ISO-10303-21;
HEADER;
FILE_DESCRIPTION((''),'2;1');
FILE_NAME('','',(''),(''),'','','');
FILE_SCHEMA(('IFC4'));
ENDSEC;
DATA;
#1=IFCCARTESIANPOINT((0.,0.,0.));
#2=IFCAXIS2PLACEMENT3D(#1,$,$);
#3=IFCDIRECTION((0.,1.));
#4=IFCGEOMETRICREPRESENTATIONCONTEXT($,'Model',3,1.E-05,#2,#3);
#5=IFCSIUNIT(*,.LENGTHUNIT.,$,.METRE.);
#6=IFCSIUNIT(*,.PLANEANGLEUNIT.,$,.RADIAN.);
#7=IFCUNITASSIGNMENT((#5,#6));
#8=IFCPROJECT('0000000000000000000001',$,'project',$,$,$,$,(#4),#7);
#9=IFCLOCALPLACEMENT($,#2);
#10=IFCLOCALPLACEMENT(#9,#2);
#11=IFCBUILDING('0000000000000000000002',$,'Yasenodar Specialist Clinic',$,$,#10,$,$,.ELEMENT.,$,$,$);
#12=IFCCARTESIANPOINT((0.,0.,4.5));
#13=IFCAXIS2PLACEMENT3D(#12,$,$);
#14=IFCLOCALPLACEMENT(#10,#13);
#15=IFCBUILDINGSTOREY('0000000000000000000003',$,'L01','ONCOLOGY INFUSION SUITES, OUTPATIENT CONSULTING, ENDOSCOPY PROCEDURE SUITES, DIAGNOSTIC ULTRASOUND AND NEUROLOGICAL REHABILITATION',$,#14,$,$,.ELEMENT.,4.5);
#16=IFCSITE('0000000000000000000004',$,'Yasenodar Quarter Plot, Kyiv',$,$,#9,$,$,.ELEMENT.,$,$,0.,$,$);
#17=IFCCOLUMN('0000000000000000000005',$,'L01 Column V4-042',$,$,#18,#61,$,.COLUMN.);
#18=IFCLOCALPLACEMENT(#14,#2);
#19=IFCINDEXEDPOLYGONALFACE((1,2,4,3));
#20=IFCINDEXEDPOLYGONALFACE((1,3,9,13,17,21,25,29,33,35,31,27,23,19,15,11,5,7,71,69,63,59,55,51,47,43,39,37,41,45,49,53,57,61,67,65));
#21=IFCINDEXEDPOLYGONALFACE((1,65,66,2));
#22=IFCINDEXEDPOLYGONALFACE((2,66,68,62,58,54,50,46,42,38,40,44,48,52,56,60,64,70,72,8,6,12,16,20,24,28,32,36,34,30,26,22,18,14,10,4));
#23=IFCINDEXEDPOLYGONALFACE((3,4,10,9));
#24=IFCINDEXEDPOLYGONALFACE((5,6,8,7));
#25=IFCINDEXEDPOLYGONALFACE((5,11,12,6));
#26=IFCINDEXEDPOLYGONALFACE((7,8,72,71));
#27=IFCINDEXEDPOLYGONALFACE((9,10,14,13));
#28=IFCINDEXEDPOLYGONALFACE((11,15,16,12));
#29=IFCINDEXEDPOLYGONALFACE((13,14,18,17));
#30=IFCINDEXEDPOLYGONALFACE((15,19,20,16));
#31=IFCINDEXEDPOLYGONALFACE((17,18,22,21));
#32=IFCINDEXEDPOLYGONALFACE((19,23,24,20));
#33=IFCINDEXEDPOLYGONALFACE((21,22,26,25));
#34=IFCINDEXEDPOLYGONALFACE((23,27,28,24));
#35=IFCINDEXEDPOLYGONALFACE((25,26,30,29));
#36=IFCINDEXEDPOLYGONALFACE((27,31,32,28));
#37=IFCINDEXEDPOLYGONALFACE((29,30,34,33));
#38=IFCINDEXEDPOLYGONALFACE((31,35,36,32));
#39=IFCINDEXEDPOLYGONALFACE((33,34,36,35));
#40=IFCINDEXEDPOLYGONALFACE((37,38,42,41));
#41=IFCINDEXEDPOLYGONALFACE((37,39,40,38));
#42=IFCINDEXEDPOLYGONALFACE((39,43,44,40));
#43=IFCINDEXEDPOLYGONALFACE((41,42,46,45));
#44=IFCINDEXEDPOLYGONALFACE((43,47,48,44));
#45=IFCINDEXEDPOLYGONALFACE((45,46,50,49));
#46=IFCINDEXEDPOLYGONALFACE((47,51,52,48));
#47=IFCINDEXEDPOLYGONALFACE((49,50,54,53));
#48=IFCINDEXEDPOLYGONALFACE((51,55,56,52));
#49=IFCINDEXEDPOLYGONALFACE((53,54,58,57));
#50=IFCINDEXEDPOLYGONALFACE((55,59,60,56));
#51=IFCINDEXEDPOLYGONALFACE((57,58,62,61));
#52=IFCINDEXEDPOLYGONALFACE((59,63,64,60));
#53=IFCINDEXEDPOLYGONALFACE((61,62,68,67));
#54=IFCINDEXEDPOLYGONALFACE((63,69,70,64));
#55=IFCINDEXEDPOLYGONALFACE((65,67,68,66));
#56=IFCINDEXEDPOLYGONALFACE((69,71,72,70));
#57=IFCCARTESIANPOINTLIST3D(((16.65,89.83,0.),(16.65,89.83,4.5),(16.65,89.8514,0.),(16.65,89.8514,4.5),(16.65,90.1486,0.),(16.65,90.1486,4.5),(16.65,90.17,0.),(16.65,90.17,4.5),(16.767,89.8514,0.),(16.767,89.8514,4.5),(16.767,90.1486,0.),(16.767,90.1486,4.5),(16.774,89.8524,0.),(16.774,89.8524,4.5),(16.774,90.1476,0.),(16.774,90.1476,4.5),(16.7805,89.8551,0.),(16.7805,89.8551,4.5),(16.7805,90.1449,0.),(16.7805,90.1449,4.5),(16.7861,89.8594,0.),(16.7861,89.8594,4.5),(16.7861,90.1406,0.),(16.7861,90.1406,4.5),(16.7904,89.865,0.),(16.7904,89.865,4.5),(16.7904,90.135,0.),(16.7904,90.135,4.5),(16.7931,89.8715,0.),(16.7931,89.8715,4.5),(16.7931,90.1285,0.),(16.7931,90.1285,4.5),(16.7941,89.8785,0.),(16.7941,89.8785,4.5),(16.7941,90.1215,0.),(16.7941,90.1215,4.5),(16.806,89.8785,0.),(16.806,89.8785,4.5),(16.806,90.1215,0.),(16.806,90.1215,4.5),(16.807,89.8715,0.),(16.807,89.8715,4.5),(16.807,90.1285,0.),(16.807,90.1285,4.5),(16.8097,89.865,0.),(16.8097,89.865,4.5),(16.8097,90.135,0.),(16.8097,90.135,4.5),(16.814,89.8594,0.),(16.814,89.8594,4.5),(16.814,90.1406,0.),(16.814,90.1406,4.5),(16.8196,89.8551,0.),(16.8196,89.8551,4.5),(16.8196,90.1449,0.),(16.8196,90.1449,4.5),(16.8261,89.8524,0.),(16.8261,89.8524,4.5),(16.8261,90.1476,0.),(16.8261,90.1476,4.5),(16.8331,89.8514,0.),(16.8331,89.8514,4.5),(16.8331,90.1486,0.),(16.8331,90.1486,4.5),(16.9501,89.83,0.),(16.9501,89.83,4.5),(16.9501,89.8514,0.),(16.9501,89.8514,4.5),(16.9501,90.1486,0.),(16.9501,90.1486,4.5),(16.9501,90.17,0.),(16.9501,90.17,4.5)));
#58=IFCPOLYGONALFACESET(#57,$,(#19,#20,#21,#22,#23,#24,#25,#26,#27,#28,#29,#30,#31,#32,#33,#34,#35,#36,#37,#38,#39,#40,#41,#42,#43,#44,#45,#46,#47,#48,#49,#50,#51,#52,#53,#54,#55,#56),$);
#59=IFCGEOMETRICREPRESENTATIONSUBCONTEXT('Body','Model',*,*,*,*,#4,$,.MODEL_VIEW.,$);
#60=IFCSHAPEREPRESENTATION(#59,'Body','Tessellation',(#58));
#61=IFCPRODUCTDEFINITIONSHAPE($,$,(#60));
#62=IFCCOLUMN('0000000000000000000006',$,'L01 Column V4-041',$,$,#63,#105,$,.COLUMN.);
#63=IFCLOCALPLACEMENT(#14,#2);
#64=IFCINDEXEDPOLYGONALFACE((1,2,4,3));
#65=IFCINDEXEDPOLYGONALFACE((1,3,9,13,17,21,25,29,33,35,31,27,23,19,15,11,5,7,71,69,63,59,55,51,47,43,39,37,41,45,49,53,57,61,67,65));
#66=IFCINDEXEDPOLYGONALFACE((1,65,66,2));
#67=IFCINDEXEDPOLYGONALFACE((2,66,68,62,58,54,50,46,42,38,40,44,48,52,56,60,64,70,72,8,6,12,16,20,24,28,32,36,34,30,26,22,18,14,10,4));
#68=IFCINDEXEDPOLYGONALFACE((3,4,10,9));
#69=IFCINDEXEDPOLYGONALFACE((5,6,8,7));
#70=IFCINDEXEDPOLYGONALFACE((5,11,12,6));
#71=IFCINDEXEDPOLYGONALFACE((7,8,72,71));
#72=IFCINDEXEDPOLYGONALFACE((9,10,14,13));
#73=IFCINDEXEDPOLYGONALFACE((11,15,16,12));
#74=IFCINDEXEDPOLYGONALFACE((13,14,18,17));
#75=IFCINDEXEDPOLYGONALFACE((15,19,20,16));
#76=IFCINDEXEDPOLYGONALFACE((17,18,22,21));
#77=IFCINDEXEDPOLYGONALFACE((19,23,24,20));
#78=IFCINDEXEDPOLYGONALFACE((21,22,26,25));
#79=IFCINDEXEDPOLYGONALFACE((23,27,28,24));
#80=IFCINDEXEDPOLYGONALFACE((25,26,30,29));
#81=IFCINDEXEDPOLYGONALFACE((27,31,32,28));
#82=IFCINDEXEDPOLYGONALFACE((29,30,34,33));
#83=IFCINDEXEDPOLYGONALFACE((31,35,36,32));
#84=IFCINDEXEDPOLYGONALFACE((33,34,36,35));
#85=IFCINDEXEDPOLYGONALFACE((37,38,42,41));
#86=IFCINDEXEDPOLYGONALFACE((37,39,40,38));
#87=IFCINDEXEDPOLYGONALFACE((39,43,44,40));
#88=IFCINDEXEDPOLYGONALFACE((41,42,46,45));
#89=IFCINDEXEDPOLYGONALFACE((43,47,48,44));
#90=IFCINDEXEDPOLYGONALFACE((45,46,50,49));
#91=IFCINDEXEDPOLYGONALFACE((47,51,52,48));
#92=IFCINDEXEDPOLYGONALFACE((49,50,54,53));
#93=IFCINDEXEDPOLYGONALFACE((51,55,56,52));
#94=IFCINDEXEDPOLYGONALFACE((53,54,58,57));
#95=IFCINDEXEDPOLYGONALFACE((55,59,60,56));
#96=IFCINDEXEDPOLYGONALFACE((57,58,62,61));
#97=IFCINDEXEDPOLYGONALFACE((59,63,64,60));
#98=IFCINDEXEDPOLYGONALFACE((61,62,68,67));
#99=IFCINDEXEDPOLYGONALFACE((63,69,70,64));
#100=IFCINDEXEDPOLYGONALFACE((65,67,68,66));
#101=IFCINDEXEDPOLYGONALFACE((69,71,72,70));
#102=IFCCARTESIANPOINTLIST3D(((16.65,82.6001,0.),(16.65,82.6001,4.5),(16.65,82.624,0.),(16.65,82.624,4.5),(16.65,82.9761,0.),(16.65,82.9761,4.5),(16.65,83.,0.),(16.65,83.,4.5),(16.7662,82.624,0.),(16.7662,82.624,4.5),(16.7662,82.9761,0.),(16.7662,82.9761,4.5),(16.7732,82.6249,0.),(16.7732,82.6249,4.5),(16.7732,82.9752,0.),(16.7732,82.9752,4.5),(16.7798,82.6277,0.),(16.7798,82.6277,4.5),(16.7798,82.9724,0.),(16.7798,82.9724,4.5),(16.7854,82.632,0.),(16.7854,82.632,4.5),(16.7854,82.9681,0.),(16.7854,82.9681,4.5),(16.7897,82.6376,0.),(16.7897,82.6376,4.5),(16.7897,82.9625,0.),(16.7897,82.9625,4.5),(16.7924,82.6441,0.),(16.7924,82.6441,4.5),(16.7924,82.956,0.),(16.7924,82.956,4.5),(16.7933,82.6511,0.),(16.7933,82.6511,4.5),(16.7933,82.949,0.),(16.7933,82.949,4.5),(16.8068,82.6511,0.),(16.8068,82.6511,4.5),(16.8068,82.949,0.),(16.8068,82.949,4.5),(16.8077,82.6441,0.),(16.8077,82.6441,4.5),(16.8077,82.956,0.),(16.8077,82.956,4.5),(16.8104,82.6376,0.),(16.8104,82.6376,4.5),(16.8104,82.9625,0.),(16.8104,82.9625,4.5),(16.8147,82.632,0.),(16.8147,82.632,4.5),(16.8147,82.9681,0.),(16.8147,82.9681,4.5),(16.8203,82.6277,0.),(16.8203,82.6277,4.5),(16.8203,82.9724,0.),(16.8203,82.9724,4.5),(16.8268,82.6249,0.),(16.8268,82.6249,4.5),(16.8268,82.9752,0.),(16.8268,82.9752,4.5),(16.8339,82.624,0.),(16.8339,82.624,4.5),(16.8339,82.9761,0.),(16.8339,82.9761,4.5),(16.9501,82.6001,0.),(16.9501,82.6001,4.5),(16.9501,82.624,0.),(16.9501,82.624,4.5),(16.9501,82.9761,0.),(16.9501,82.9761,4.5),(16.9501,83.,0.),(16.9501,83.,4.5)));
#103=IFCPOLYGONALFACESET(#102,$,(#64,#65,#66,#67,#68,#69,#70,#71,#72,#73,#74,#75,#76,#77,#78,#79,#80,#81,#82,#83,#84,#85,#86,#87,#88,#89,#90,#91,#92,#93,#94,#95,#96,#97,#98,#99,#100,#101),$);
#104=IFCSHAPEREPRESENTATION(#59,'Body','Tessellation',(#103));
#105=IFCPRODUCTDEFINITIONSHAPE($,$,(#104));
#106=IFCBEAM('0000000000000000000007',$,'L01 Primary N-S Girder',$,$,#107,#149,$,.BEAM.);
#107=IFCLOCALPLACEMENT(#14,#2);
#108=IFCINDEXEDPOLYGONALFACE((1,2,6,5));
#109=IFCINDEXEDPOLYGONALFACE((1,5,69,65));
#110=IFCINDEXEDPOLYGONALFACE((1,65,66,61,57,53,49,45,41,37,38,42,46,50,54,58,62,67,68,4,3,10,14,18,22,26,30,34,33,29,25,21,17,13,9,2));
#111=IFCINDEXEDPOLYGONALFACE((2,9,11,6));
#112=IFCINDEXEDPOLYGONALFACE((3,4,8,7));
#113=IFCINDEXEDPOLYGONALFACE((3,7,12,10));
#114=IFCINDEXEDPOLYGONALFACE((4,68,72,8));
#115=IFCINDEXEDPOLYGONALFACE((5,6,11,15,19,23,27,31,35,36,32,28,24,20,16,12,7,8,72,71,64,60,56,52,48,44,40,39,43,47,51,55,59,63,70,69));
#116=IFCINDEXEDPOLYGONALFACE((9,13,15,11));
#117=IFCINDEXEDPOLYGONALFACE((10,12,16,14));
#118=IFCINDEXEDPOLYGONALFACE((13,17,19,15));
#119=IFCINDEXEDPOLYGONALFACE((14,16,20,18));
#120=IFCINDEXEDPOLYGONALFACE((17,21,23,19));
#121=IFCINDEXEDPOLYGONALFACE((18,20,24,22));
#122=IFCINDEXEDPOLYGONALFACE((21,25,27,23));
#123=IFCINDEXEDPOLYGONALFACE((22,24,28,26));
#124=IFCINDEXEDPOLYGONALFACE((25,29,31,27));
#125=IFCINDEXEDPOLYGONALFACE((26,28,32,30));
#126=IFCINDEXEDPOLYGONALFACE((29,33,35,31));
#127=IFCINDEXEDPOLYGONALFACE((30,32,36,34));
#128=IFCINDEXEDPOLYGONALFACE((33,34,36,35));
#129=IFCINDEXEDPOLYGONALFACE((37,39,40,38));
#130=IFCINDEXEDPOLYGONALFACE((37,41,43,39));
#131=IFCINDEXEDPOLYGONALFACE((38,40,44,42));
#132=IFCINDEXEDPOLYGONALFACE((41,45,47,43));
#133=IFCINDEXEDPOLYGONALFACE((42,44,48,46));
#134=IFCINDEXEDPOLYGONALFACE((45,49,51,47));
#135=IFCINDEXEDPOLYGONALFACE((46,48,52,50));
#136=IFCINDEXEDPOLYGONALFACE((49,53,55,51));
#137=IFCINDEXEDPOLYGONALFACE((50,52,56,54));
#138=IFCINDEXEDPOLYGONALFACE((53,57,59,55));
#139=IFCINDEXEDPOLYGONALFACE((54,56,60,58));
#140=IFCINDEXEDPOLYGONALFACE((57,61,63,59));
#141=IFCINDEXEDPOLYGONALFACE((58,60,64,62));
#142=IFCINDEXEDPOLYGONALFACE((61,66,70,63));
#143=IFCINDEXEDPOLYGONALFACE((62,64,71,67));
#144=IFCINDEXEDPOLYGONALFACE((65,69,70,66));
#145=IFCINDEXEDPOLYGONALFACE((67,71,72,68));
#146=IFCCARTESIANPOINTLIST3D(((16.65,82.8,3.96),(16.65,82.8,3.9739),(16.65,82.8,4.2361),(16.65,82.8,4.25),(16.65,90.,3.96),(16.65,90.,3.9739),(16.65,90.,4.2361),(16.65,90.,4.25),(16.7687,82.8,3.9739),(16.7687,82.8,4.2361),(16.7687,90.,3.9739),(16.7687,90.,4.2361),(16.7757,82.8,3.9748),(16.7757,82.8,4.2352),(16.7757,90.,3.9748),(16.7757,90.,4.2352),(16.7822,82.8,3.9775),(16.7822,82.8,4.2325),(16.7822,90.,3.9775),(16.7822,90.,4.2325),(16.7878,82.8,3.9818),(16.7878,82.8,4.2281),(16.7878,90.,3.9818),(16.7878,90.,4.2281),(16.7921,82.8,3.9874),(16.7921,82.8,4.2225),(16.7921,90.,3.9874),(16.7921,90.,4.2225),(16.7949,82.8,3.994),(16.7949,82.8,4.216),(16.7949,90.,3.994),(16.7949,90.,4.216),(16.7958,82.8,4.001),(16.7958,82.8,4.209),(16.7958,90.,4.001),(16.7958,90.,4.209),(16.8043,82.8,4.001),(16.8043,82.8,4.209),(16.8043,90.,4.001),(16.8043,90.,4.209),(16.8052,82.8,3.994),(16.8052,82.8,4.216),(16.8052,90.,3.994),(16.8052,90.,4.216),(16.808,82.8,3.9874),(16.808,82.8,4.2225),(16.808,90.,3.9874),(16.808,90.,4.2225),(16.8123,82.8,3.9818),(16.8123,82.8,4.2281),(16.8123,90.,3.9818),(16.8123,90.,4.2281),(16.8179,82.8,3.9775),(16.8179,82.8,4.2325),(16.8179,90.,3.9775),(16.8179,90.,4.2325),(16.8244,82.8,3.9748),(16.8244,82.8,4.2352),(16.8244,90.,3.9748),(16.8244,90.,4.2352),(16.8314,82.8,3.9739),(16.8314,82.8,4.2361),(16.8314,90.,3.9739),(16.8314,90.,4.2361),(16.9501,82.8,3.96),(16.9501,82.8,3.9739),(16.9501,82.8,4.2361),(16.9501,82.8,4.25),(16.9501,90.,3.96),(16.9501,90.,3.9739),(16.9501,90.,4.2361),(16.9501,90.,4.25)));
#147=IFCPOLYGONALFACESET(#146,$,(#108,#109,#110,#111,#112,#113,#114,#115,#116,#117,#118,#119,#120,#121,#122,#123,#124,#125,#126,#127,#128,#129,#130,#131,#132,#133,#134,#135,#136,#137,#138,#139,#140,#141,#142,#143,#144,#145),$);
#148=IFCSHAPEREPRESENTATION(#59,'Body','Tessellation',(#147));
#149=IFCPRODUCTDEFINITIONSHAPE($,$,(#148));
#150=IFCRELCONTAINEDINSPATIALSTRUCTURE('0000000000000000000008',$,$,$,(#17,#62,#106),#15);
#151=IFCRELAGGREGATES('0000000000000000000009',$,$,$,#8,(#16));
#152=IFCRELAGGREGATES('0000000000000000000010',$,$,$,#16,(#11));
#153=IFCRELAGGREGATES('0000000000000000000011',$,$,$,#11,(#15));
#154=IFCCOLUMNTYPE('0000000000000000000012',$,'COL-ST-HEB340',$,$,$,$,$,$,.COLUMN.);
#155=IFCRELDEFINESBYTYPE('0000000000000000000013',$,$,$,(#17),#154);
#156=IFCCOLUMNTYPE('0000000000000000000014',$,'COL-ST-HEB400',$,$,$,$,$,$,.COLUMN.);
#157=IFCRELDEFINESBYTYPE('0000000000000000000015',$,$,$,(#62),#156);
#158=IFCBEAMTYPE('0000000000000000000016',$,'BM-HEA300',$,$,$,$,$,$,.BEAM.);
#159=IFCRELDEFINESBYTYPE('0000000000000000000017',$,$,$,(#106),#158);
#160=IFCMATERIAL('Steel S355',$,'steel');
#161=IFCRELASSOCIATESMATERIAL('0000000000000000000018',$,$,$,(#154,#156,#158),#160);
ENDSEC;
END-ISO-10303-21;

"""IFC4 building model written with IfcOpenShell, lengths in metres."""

from ifc_helpers import new_model, si_unit, direction, frame, origin, origin_2d, place, context, subcontext, project, spatial, i_section, extrude, material, material_profile, profile_set, type_object, element, save


model = new_model("IFC4")

# Units and contexts
model_context = context("Model", 3, precision=1e-05, world=origin(), true_north=direction((0.0, 1.0)))
body_context = subcontext(model_context, "Body", "Model", "MODEL_VIEW")
ifc_project = project(units=[si_unit("LENGTHUNIT", "METRE"), si_unit("PLANEANGLEUNIT", "RADIAN")], contexts=[model_context])

# Site, building, storey
site_placement = place(None, origin())
site = spatial("IfcSite", under=ifc_project, at=site_placement, Name="Yasenodar Quarter Plot, Kyiv", CompositionType="ELEMENT", RefElevation=0.0)
building_placement = place(site_placement, origin())
building = spatial("IfcBuilding", under=site, at=building_placement, Name="Yasenodar Specialist Clinic", CompositionType="ELEMENT")
storey_placement = place(building_placement, frame((0.0, 0.0, 4.5)))
storey = spatial("IfcBuildingStorey", under=building, at=storey_placement, Name="L01", Description="ONCOLOGY INFUSION SUITES, OUTPATIENT CONSULTING, ENDOSCOPY PROCEDURE SUITES, DIAGNOSTIC ULTRASOUND AND NEUROLOGICAL REHABILITATION", CompositionType="ELEMENT", Elevation=4.5)

# Columns
ifc_material_1 = material(Name="Steel S355", Category="steel")
ifc_material_profile_1 = material_profile(ifc_material_1, i_section(OverallWidth=0.3, OverallDepth=0.3401, WebThickness=0.012, FlangeThickness=0.0215, FilletRadius=0.0271, at=origin_2d()), Name="HEB 340")
ifc_profile_set_1 = profile_set([ifc_material_profile_1], Name="Steel S355")
column_type_1 = type_object("IfcColumnType", Name="COL-ST-HEB340", PredefinedType="COLUMN", material=ifc_profile_set_1)
column_1_placement = place(storey_placement, frame((16.8, 90.0, 0.0), z_axis=(0.0, 0.0, 1.0), x_axis=(1.0, 0.0, 0.0)))
element("IfcColumn", 1, at=column_1_placement, inside=storey, type_object=column_type_1, Name="L01 Column V4-042", PredefinedType="COLUMN", context=body_context, shape_type="SweptSolid", body=[
    extrude(i_section(OverallWidth=0.3, OverallDepth=0.3401, WebThickness=0.012, FlangeThickness=0.0215, FilletRadius=0.0271, at=origin_2d()), origin(), (0.0, 0.0, 1.0), 4.5),
])
ifc_material_profile_2 = material_profile(ifc_material_1, i_section(OverallWidth=0.3, OverallDepth=0.3999, WebThickness=0.0134, FlangeThickness=0.0239, FilletRadius=0.0271, at=origin_2d()), Name="HEB 400")
ifc_profile_set_2 = profile_set([ifc_material_profile_2], Name="Steel S355")
column_type_2 = type_object("IfcColumnType", Name="COL-ST-HEB400", PredefinedType="COLUMN", material=ifc_profile_set_2)
column_2_placement = place(storey_placement, frame((16.8, 82.8, 0.0), z_axis=(0.0, 0.0, 1.0), x_axis=(1.0, 0.0, 0.0)))
element("IfcColumn", 2, at=column_2_placement, inside=storey, type_object=column_type_2, Name="L01 Column V4-041", PredefinedType="COLUMN", context=body_context, shape_type="SweptSolid", body=[
    extrude(i_section(OverallWidth=0.3, OverallDepth=0.3999, WebThickness=0.0134, FlangeThickness=0.0239, FilletRadius=0.0271, at=origin_2d()), origin(), (0.0, 0.0, 1.0), 4.5),
])

# Beam
ifc_material_profile_3 = material_profile(ifc_material_1, i_section(OverallWidth=0.3, OverallDepth=0.29, WebThickness=0.0085, FlangeThickness=0.0139, FilletRadius=0.0271, at=origin_2d()), Name="HEA 300")
ifc_profile_set_3 = profile_set([ifc_material_profile_3], Name="Steel S355")
beam_type_1 = type_object("IfcBeamType", Name="BM-HEA300", PredefinedType="BEAM", material=ifc_profile_set_3)
beam_1_placement = place(storey_placement, frame((16.8, 82.8, 4.105), z_axis=(0.0, 1.0, 0.0), x_axis=(-1.0, 0.0, 0.0)))
element("IfcBeam", 3, at=beam_1_placement, inside=storey, type_object=beam_type_1, Name="L01 Primary N-S Girder", PredefinedType="BEAM", context=body_context, shape_type="SweptSolid", body=[
    extrude(i_section(OverallWidth=0.3, OverallDepth=0.29, WebThickness=0.0085, FlangeThickness=0.0139, FilletRadius=0.0271, at=origin_2d()), origin(), (0.0, 0.0, 1.0), 7.2),
])

save(model, "model.ifc")
